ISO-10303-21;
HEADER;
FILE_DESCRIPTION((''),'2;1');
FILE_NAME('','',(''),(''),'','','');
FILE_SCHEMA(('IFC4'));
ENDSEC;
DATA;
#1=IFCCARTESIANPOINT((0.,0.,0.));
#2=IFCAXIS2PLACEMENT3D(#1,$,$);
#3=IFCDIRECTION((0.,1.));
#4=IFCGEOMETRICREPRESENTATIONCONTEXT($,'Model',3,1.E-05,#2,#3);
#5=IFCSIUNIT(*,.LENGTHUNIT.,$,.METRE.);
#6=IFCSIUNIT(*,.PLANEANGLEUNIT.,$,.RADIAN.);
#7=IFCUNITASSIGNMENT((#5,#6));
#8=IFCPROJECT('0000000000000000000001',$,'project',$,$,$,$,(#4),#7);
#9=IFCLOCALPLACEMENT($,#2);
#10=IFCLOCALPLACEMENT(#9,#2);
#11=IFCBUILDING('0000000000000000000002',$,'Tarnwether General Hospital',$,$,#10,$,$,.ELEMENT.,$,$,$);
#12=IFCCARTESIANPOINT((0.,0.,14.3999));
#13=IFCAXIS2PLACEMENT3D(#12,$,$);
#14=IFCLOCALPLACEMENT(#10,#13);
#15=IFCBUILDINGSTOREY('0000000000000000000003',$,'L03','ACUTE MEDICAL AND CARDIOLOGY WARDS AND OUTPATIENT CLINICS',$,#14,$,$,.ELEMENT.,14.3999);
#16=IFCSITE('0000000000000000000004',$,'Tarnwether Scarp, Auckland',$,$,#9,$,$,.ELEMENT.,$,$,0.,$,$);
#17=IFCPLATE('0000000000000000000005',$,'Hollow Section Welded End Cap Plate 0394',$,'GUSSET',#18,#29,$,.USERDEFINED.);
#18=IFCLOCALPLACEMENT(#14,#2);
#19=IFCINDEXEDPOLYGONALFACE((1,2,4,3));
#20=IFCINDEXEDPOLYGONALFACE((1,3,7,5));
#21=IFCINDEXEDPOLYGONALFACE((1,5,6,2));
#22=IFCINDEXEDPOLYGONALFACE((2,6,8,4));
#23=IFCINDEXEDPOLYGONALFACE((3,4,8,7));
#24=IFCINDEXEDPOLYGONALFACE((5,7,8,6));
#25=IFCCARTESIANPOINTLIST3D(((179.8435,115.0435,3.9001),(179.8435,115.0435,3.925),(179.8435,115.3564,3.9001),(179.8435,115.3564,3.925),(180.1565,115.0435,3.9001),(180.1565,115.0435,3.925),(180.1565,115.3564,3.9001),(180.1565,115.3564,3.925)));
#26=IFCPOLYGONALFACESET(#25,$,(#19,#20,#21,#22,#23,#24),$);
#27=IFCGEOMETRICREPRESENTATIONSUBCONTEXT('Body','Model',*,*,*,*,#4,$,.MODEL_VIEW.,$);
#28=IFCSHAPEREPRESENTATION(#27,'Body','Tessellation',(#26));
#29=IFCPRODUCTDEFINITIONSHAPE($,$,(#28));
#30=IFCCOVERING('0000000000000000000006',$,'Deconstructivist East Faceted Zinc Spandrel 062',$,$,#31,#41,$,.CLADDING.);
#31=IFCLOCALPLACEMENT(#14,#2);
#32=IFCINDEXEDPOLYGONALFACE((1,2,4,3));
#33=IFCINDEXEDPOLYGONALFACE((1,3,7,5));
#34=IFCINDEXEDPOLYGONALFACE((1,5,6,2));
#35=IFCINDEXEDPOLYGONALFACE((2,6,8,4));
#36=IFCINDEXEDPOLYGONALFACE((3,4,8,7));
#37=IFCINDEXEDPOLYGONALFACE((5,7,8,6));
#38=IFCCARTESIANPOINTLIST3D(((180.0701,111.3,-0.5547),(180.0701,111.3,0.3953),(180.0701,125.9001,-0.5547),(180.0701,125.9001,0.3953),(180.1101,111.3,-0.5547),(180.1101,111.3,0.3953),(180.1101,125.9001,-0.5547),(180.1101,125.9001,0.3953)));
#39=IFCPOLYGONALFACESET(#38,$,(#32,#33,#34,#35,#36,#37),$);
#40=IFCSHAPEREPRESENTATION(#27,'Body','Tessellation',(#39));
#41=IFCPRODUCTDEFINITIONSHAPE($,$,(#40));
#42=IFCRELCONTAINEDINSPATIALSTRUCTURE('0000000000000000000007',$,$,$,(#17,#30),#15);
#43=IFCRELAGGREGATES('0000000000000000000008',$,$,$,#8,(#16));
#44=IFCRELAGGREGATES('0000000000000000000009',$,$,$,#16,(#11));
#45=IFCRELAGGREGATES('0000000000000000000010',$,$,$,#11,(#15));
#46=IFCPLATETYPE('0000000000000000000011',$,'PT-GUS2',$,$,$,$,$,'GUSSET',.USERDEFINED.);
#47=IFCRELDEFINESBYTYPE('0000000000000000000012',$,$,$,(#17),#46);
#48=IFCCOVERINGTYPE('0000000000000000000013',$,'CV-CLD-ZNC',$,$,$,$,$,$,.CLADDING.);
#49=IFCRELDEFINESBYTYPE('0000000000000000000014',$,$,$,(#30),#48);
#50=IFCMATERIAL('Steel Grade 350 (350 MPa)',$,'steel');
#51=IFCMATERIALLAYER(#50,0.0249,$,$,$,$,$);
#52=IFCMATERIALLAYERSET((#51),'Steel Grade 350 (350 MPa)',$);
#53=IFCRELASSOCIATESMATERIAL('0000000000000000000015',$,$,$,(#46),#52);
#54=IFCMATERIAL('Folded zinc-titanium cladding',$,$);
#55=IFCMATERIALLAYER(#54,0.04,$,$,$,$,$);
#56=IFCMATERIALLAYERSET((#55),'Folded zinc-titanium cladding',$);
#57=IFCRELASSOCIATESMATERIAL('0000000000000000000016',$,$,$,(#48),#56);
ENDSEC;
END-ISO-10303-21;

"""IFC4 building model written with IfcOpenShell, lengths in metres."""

from ifc_helpers import new_model, si_unit, direction, frame, origin, origin_2d, place, context, subcontext, project, spatial, rectangle, extrude, material, layer, layer_set, type_object, element, save


model = new_model("IFC4")

# Units and contexts
model_context = context("Model", 3, precision=1e-05, world=origin(), true_north=direction((0.0, 1.0)))
body_context = subcontext(model_context, "Body", "Model", "MODEL_VIEW")
ifc_project = project(units=[si_unit("LENGTHUNIT", "METRE"), si_unit("PLANEANGLEUNIT", "RADIAN")], contexts=[model_context])

# Site, building, storey
site_placement = place(None, origin())
site = spatial("IfcSite", under=ifc_project, at=site_placement, Name="Tarnwether Scarp, Auckland", CompositionType="ELEMENT", RefElevation=0.0)
building_placement = place(site_placement, origin())
building = spatial("IfcBuilding", under=site, at=building_placement, Name="Tarnwether General Hospital", CompositionType="ELEMENT")
storey_placement = place(building_placement, frame((0.0, 0.0, 14.3999)))
storey = spatial("IfcBuildingStorey", under=building, at=storey_placement, Name="L03", Description="ACUTE MEDICAL AND CARDIOLOGY WARDS AND OUTPATIENT CLINICS", CompositionType="ELEMENT", Elevation=14.3999)

# Plate
ifc_material_1 = material(Name="Steel Grade 350 (350 MPa)", Category="steel")
ifc_layer_1 = layer(ifc_material_1, 0.0249)
ifc_layer_set_1 = layer_set([ifc_layer_1], Name="Steel Grade 350 (350 MPa)")
plate_type_1 = type_object("IfcPlateType", Name="PT-GUS2", ElementType="GUSSET", PredefinedType="USERDEFINED", material=ifc_layer_set_1)
for number, where, z_axis, x_axis, name in (
    (1, (180.0, 115.2, 3.9001), (0.0, 0.0, 1.0), (1.0, 0.0, 0.0), "Hollow Section Welded End Cap Plate 0394"),
):
    element("IfcPlate", number, at=place(storey_placement, frame(where, z_axis=z_axis, x_axis=x_axis)), inside=storey, type_object=plate_type_1, Name=name, ObjectType="GUSSET", PredefinedType="USERDEFINED", context=body_context, shape_type="SweptSolid", body=[
        extrude(rectangle(XDim=0.313, YDim=0.313, at=origin_2d()), origin(), (0.0, 0.0, 1.0), 0.0249),
    ])

# Covering
ifc_material_2 = material(Name="Folded zinc-titanium cladding")
ifc_layer_2 = layer(ifc_material_2, 0.04)
ifc_layer_set_2 = layer_set([ifc_layer_2], Name="Folded zinc-titanium cladding")
covering_type = type_object("IfcCoveringType", Name="CV-CLD-ZNC", PredefinedType="CLADDING", material=ifc_layer_set_2)
covering_placement = place(storey_placement, frame((180.0901, 118.6001, -0.5547), z_axis=(0.0, 0.0, 1.0), x_axis=(0.0, 1.0, 0.0)))
element("IfcCovering", 2, at=covering_placement, inside=storey, type_object=covering_type, Name="Deconstructivist East Faceted Zinc Spandrel 062", PredefinedType="CLADDING", context=body_context, shape_type="SweptSolid", body=[
    extrude(rectangle(XDim=14.6001, YDim=0.04, at=origin_2d()), origin(), (0.0, 0.0, 1.0), 0.95),
])

save(model, "model.ifc")
